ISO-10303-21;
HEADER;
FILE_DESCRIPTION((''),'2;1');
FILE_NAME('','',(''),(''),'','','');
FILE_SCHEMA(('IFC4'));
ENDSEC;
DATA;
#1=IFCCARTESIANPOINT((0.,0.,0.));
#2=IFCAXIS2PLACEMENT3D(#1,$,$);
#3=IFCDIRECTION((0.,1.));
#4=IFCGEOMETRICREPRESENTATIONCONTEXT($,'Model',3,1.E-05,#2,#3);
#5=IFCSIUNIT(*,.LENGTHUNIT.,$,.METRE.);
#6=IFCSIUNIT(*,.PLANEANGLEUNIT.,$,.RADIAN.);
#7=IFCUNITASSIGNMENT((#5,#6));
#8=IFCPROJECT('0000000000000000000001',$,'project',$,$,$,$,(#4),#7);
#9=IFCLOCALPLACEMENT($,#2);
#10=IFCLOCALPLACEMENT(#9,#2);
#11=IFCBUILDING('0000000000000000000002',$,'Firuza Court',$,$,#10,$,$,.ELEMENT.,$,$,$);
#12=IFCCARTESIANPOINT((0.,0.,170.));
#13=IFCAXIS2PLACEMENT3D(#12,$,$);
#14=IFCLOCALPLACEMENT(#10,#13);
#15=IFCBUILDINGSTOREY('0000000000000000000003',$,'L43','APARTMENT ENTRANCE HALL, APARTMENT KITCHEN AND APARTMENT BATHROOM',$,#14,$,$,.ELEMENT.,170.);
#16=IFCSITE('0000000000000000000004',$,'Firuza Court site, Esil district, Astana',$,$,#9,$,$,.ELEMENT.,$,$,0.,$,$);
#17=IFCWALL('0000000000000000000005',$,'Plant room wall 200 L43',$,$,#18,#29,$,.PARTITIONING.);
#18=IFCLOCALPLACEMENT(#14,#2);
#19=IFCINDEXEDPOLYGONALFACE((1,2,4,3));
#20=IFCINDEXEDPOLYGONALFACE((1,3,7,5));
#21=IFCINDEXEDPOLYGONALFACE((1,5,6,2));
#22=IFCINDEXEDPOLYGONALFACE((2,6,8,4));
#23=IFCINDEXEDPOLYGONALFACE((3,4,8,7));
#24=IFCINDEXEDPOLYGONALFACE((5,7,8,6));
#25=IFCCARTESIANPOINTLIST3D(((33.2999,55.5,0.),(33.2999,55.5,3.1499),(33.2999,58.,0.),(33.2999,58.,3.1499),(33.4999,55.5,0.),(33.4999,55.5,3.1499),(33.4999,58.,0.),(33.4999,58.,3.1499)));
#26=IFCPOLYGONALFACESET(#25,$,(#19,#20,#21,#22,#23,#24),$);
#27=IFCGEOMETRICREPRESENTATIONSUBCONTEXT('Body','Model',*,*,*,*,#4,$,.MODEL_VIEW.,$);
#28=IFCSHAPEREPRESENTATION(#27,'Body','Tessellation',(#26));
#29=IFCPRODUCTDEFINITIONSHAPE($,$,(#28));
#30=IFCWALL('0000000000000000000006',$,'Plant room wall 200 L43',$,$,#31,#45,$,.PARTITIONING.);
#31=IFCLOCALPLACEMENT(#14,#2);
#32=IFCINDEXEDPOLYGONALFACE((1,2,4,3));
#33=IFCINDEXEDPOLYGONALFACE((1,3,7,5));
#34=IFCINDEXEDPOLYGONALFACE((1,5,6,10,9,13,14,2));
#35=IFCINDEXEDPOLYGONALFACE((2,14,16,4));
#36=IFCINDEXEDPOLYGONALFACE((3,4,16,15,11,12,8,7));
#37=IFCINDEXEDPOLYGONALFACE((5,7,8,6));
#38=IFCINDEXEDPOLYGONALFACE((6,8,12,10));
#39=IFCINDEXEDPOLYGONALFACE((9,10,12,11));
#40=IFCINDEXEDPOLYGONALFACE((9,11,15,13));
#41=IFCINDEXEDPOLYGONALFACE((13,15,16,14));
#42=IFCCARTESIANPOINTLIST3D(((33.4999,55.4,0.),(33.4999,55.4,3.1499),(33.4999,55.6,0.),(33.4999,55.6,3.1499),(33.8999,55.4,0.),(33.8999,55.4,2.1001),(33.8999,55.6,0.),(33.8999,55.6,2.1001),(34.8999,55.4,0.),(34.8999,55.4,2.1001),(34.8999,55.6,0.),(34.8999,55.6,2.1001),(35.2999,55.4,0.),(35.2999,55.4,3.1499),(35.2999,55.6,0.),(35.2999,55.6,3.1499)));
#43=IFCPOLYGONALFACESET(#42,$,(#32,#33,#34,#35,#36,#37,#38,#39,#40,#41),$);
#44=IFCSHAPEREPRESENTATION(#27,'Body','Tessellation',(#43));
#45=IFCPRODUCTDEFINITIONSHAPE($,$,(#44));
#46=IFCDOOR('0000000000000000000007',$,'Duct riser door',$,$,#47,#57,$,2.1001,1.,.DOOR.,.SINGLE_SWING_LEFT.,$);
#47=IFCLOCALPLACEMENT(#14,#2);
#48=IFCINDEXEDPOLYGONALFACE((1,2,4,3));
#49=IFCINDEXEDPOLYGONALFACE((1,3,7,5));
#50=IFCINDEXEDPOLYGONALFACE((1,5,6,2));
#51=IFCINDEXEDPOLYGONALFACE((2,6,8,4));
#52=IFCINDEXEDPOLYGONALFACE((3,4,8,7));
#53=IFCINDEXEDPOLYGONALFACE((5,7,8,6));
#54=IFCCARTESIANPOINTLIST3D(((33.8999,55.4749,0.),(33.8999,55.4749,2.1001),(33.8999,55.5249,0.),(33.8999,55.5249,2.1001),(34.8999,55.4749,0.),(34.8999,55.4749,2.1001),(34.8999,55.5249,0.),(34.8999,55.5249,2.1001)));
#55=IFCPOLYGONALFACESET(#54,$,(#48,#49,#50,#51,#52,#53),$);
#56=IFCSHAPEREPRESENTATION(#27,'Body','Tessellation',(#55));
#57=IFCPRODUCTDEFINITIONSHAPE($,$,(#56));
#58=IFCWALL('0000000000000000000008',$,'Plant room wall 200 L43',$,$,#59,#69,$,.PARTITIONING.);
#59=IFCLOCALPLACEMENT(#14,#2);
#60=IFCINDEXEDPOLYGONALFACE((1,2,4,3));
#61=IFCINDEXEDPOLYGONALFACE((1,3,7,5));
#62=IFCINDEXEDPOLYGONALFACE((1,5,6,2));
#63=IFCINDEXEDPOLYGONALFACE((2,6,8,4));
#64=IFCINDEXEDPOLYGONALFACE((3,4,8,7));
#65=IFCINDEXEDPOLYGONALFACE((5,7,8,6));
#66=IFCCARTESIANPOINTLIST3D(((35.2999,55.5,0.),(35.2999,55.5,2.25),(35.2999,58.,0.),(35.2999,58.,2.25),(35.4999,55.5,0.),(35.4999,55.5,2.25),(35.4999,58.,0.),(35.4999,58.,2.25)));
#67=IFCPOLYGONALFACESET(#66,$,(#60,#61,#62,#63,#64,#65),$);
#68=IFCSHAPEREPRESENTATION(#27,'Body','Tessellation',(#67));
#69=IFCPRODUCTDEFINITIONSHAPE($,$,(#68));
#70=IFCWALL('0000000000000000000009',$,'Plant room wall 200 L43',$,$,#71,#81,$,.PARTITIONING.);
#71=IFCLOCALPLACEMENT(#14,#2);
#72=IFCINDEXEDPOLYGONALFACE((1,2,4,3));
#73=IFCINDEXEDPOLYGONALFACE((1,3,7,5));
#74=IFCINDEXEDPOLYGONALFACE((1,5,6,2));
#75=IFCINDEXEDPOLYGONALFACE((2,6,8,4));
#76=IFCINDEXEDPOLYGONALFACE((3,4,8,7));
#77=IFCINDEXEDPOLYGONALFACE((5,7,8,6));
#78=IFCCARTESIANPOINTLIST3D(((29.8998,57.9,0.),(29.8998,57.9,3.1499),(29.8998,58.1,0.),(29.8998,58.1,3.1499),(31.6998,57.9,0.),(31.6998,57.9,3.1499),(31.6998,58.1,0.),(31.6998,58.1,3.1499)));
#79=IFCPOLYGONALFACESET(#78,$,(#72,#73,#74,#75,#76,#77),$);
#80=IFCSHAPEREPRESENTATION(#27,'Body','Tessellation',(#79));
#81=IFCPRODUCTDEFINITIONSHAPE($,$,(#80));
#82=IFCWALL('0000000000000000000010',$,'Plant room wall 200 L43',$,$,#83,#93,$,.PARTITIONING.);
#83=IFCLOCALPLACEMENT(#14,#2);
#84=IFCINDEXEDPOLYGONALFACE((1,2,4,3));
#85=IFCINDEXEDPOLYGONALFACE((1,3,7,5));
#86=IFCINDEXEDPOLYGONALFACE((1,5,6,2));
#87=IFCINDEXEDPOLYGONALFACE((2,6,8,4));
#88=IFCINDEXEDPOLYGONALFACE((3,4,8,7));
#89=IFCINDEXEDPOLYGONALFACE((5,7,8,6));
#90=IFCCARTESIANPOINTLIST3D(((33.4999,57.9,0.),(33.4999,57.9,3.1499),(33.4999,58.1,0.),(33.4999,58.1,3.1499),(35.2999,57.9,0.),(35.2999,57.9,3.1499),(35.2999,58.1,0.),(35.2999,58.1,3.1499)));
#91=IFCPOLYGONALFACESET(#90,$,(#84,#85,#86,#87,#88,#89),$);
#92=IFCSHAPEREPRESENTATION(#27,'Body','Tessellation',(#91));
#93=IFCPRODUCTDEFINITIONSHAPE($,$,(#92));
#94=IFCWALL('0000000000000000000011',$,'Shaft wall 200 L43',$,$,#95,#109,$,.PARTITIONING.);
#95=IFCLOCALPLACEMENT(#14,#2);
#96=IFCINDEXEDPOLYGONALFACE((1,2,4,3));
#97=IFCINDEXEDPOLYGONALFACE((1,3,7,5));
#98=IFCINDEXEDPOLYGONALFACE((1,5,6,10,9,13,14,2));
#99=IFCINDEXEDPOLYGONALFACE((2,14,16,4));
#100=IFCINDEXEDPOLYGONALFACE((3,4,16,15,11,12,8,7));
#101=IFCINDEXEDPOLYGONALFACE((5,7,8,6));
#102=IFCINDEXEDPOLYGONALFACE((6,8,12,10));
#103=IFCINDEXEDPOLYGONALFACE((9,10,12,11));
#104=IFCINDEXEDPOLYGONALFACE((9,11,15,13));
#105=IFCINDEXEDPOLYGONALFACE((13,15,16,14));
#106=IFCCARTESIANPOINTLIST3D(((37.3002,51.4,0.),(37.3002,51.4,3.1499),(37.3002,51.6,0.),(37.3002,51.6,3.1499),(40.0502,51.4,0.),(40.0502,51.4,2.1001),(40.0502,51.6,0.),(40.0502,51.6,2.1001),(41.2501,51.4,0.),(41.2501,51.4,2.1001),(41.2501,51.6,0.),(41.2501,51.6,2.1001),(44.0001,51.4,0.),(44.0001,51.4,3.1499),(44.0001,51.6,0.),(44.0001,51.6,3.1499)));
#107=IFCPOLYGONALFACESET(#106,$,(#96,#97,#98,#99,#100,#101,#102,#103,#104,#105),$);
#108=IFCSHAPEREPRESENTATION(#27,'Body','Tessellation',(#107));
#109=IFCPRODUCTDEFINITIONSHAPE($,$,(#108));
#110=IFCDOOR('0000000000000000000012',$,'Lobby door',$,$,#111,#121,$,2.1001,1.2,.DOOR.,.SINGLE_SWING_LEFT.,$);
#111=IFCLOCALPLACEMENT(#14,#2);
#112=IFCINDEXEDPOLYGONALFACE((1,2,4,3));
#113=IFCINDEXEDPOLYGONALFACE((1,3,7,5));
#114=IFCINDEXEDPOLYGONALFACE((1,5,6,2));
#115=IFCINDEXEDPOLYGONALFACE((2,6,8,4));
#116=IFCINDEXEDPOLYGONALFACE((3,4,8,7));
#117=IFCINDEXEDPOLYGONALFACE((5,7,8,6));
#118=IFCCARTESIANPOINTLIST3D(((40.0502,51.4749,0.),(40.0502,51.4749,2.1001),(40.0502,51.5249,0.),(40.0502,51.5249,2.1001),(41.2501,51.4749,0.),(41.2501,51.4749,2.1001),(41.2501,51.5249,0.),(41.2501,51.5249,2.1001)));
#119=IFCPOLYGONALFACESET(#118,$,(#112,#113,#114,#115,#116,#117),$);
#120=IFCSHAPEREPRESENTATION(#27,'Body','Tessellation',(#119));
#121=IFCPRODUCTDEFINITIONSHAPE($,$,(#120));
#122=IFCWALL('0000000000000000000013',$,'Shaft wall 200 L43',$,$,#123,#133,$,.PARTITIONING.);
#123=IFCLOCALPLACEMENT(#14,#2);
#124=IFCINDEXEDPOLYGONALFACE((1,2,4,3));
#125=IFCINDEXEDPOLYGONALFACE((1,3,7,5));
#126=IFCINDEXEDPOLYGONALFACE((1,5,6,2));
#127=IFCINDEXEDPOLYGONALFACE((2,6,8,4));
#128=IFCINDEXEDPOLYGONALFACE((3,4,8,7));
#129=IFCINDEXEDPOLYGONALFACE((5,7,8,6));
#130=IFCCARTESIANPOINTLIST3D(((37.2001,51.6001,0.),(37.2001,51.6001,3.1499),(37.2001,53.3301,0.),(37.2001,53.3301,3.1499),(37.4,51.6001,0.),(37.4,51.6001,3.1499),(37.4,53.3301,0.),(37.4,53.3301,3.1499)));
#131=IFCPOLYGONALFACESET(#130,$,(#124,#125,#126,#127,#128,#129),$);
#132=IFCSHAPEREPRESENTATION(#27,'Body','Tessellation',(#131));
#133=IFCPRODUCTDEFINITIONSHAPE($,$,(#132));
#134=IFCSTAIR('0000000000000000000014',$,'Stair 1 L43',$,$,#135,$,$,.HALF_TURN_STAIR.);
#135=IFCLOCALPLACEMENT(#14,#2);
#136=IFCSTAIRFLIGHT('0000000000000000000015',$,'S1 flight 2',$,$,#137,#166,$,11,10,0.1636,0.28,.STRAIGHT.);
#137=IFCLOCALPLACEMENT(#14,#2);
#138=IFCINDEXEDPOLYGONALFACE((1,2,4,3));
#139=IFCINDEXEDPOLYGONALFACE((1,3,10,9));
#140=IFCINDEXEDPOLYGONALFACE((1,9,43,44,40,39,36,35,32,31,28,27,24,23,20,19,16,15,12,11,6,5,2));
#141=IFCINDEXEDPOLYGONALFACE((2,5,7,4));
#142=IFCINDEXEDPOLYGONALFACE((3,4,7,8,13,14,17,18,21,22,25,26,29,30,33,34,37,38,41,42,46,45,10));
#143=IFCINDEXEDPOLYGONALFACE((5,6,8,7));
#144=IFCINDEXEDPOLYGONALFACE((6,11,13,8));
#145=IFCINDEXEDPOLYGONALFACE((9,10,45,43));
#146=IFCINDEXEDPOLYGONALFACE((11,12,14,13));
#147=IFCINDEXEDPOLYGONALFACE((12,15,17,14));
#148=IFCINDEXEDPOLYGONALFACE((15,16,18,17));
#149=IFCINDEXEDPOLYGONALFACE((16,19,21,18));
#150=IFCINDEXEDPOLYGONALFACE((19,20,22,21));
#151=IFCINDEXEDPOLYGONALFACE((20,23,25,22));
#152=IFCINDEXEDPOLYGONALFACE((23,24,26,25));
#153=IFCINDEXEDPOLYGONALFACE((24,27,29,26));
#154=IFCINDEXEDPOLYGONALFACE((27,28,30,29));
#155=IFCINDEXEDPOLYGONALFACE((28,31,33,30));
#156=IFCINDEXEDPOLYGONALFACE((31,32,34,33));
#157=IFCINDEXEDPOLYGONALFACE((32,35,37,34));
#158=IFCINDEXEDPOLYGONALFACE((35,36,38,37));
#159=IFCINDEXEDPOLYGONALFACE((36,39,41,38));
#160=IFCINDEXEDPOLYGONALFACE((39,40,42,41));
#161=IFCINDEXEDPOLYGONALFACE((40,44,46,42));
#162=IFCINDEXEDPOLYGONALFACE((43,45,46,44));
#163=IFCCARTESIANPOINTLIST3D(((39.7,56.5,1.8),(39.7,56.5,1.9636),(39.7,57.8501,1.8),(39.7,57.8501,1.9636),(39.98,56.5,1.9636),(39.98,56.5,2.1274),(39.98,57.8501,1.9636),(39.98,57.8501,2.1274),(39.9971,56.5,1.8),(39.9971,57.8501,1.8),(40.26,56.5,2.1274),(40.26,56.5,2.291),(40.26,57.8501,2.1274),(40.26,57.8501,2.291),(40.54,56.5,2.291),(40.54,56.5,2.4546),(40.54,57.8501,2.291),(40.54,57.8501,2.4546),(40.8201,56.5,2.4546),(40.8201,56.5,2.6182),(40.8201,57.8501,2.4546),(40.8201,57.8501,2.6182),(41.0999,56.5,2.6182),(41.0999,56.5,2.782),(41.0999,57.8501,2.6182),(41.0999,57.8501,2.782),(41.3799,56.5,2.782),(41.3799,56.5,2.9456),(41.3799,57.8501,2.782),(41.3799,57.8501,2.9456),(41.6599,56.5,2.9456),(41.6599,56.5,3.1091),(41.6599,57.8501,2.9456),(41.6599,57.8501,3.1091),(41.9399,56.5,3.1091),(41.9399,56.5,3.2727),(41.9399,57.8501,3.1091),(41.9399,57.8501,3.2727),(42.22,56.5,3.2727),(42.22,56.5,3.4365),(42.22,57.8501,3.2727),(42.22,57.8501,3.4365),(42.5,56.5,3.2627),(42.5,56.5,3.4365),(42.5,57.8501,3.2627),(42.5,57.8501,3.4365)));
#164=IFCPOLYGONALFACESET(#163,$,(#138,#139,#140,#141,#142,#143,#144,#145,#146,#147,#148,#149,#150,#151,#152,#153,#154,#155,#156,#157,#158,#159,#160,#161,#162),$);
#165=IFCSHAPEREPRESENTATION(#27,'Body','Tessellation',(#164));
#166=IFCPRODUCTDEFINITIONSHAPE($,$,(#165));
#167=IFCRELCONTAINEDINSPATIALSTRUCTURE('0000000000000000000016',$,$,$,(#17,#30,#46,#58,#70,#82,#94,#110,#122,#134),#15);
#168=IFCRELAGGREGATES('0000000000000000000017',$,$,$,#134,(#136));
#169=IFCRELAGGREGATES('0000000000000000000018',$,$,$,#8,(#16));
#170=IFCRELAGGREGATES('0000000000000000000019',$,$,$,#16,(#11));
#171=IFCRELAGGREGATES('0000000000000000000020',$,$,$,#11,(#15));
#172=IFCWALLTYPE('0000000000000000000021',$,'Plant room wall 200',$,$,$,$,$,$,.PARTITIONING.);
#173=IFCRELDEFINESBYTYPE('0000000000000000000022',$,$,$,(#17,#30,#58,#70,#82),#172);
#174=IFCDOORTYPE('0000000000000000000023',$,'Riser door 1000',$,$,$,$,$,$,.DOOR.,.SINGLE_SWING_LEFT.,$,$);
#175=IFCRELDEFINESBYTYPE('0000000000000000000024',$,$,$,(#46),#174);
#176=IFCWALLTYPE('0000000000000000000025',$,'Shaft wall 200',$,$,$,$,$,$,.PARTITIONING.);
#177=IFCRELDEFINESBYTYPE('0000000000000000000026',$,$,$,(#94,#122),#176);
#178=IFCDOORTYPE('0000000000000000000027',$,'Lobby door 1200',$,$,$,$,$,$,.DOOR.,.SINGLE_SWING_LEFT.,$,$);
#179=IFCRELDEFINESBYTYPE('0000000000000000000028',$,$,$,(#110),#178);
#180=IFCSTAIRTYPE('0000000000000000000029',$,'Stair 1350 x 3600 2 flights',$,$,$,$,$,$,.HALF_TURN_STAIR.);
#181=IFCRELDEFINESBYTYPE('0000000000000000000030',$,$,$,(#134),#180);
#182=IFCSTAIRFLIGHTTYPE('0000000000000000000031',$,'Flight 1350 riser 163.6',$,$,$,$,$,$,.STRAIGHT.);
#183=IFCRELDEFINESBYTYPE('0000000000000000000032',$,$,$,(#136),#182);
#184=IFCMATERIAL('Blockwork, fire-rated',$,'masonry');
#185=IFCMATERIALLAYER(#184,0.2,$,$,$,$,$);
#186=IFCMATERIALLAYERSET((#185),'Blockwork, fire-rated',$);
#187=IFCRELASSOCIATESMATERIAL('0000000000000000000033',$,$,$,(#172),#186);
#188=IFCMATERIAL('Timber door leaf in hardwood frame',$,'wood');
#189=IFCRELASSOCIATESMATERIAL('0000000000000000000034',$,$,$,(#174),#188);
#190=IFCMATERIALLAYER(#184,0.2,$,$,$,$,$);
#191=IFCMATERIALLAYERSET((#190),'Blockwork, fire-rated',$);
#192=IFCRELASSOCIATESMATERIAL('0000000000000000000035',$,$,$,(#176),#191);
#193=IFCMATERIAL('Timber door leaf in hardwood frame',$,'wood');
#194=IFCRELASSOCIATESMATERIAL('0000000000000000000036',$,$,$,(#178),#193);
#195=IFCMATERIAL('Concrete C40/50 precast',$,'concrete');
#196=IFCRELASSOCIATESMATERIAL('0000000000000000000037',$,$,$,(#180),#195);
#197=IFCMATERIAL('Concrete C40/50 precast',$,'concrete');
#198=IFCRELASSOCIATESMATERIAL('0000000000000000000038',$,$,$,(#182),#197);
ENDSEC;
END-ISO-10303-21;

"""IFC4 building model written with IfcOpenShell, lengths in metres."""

from ifc_helpers import new_model, si_unit, direction, frame, frame_2d, origin, place, context, subcontext, project, spatial, polyline, rectangle, outline, extrude, material, layer, layer_set, type_object, element, fill, aggregate, save


model = new_model("IFC4")

# Units and contexts
model_context = context("Model", 3, precision=1e-05, world=origin(), true_north=direction((0.0, 1.0)))
body_context = subcontext(model_context, "Body", "Model", "MODEL_VIEW")
ifc_project = project(units=[si_unit("LENGTHUNIT", "METRE"), si_unit("PLANEANGLEUNIT", "RADIAN")], contexts=[model_context])

# Site, building, storey
site_placement = place(None, origin())
site = spatial("IfcSite", under=ifc_project, at=site_placement, Name="Firuza Court site, Esil district, Astana", CompositionType="ELEMENT", RefElevation=0.0)
building_placement = place(site_placement, origin())
building = spatial("IfcBuilding", under=site, at=building_placement, Name="Firuza Court", CompositionType="ELEMENT")
storey_placement = place(building_placement, frame((0.0, 0.0, 170.0)))
storey = spatial("IfcBuildingStorey", under=building, at=storey_placement, Name="L43", Description="APARTMENT ENTRANCE HALL, APARTMENT KITCHEN AND APARTMENT BATHROOM", CompositionType="ELEMENT", Elevation=170.0)

# Wall
ifc_material_1 = material(Name="Blockwork, fire-rated", Category="masonry")
ifc_layer_1 = layer(ifc_material_1, 0.2)
ifc_layer_set_1 = layer_set([ifc_layer_1], Name="Blockwork, fire-rated")
wall_type_1 = type_object("IfcWallType", Name="Plant room wall 200", PredefinedType="PARTITIONING", material=ifc_layer_set_1)
for number, where, z_axis, x_axis, name in (
    (1, (33.3999, 55.5, 0.0), (0.0, 0.0, 1.0), (0.0, 1.0, 0.0), "Plant room wall 200 L43"),
):
    element("IfcWall", number, at=place(storey_placement, frame(where, z_axis=z_axis, x_axis=x_axis)), inside=storey, type_object=wall_type_1, Name=name, PredefinedType="PARTITIONING", context=body_context, shape_type="SweptSolid", body=[
        extrude(rectangle(XDim=2.5, YDim=0.2, at=frame_2d((1.25, 0.0))), origin(), (0.0, 0.0, 1.0), 3.1499),
    ])

# Wall, opening, door
wall_1_placement = place(storey_placement, frame((33.5, 55.5, 0.0), z_axis=(0.0, 0.0, 1.0), x_axis=(1.0, 0.0, 0.0)))
wall_1 = element("IfcWall", 2, at=wall_1_placement, inside=storey, type_object=wall_type_1, Name="Plant room wall 200 L43", PredefinedType="PARTITIONING", context=body_context, shape_type="SweptSolid", body=[
    extrude(rectangle(XDim=1.8, YDim=0.2, at=frame_2d((0.8999, 0.0))), origin(), (0.0, 0.0, 1.0), 3.1499),
])
opening_1_placement = place(wall_1_placement, frame((0.3999, 0.0, 0.0)))
opening_1 = element("IfcOpeningElement", 3, at=opening_1_placement, cuts=wall_1, PredefinedType="OPENING", context=body_context, shape_type="SweptSolid", body=[
    extrude(rectangle(XDim=1.0, YDim=2.1001, at=frame_2d((0.5, 1.05))), frame((0.0, 0.1118, 0.0), z_axis=(0.0, -1.0, 0.0), x_axis=(1.0, 0.0, 0.0)), (0.0, 0.0, 1.0), 0.2239),
])
ifc_material_2 = material(Name="Timber door leaf in hardwood frame", Category="wood")
door_type_1 = type_object("IfcDoorType", Name="Riser door 1000", OperationType="SINGLE_SWING_LEFT", PredefinedType="DOOR", material=ifc_material_2)
door_1_placement = place(opening_1_placement, origin())
door_1 = element("IfcDoor", 4, at=door_1_placement, inside=storey, type_object=door_type_1, Name="Duct riser door", OperationType="SINGLE_SWING_LEFT", OverallHeight=2.1001, OverallWidth=1.0, PredefinedType="DOOR", context=body_context, shape_type="SweptSolid", body=[
    extrude(rectangle(XDim=1.0, YDim=2.1001, at=frame_2d((0.5, 1.05))), frame((0.0, 0.0249, 0.0), z_axis=(0.0, -1.0, 0.0), x_axis=(1.0, 0.0, 0.0)), (0.0, 0.0, 1.0), 0.05),
])
fill(opening_1, door_1)

# Walls
wall_2_placement = place(storey_placement, frame((35.3999, 55.5, 0.0), z_axis=(0.0, 0.0, 1.0), x_axis=(0.0, 1.0, 0.0)))
element("IfcWall", 5, at=wall_2_placement, inside=storey, type_object=wall_type_1, Name="Plant room wall 200 L43", PredefinedType="PARTITIONING", context=body_context, shape_type="SweptSolid", body=[
    extrude(rectangle(XDim=2.5, YDim=0.2, at=frame_2d((1.25, 0.0))), origin(), (0.0, 0.0, 1.0), 2.25),
])
for number, where, z_axis, x_axis, name in (
    (6, (29.8999, 58.0, 0.0), (0.0, 0.0, 1.0), (1.0, 0.0, 0.0), "Plant room wall 200 L43"),
    (7, (33.5, 58.0, 0.0), (0.0, 0.0, 1.0), (1.0, 0.0, 0.0), "Plant room wall 200 L43"),
):
    element("IfcWall", number, at=place(storey_placement, frame(where, z_axis=z_axis, x_axis=x_axis)), inside=storey, type_object=wall_type_1, Name=name, PredefinedType="PARTITIONING", context=body_context, shape_type="SweptSolid", body=[
        extrude(rectangle(XDim=1.8, YDim=0.2, at=frame_2d((0.8999, 0.0))), origin(), (0.0, 0.0, 1.0), 3.1499),
    ])

# Wall, opening, door
ifc_layer_2 = layer(ifc_material_1, 0.2)
ifc_layer_set_2 = layer_set([ifc_layer_2], Name="Blockwork, fire-rated")
wall_type_2 = type_object("IfcWallType", Name="Shaft wall 200", PredefinedType="PARTITIONING", material=ifc_layer_set_2)
wall_3_placement = place(storey_placement, frame((37.3, 51.5, 0.0), z_axis=(0.0, 0.0, 1.0), x_axis=(1.0, 0.0, 0.0)))
wall_3 = element("IfcWall", 8, at=wall_3_placement, inside=storey, type_object=wall_type_2, Name="Shaft wall 200 L43", PredefinedType="PARTITIONING", context=body_context, shape_type="SweptSolid", body=[
    extrude(rectangle(XDim=6.7, YDim=0.2, at=frame_2d((3.3501, 0.0))), origin(), (0.0, 0.0, 1.0), 3.1499),
])
opening_2_placement = place(wall_3_placement, frame((2.75, 0.0, 0.0)))
opening_2 = element("IfcOpeningElement", 9, at=opening_2_placement, cuts=wall_3, PredefinedType="OPENING", context=body_context, shape_type="SweptSolid", body=[
    extrude(rectangle(XDim=1.2, YDim=2.1001, at=frame_2d((0.6001, 1.05))), frame((0.0, 0.1118, 0.0), z_axis=(0.0, -1.0, 0.0), x_axis=(1.0, 0.0, 0.0)), (0.0, 0.0, 1.0), 0.2239),
])
ifc_material_3 = material(Name="Timber door leaf in hardwood frame", Category="wood")
door_type_2 = type_object("IfcDoorType", Name="Lobby door 1200", OperationType="SINGLE_SWING_LEFT", PredefinedType="DOOR", material=ifc_material_3)
door_2_placement = place(opening_2_placement, origin())
door_2 = element("IfcDoor", 10, at=door_2_placement, inside=storey, type_object=door_type_2, Name="Lobby door", OperationType="SINGLE_SWING_LEFT", OverallHeight=2.1001, OverallWidth=1.2, PredefinedType="DOOR", context=body_context, shape_type="SweptSolid", body=[
    extrude(rectangle(XDim=1.2, YDim=2.1001, at=frame_2d((0.6001, 1.05))), frame((0.0, 0.0249, 0.0), z_axis=(0.0, -1.0, 0.0), x_axis=(1.0, 0.0, 0.0)), (0.0, 0.0, 1.0), 0.05),
])
fill(opening_2, door_2)

# Wall
wall_4_placement = place(storey_placement, frame((37.3, 51.6001, 0.0), z_axis=(0.0, 0.0, 1.0), x_axis=(0.0, 1.0, 0.0)))
element("IfcWall", 11, at=wall_4_placement, inside=storey, type_object=wall_type_2, Name="Shaft wall 200 L43", PredefinedType="PARTITIONING", context=body_context, shape_type="SweptSolid", body=[
    extrude(rectangle(XDim=1.73, YDim=0.2, at=frame_2d((0.865, 0.0))), origin(), (0.0, 0.0, 1.0), 3.1499),
])

# Stair, stair flight
ifc_material_4 = material(Name="Concrete C40/50 precast", Category="concrete")
stair_type = type_object("IfcStairType", Name="Stair 1350 x 3600 2 flights", PredefinedType="HALF_TURN_STAIR", material=ifc_material_4)
stair_placement = place(storey_placement, origin())
stair = element("IfcStair", 12, at=stair_placement, inside=storey, type_object=stair_type, Name="Stair 1 L43", PredefinedType="HALF_TURN_STAIR")
ifc_material_5 = material(Name="Concrete C40/50 precast", Category="concrete")
stair_flight_type = type_object("IfcStairFlightType", Name="Flight 1350 riser 163.6", PredefinedType="STRAIGHT", material=ifc_material_5)
stair_flight_placement = place(storey_placement, frame((39.7, 57.175, 1.8), z_axis=(0.0, 0.0, 1.0), x_axis=(1.0, 0.0, 0.0)))
stair_flight = element("IfcStairFlight", 13, at=stair_flight_placement, type_object=stair_flight_type, Name="S1 flight 2", NumberOfRisers=11, NumberOfTreads=10, PredefinedType="STRAIGHT", RiserHeight=0.1636, TreadLength=0.28, context=body_context, shape_type="SweptSolid", body=[
    extrude(outline(polyline([(0.0, 0.0), (0.0, 0.1636), (0.28, 0.1636), (0.28, 0.3274), (0.5601, 0.3274), (0.5601, 0.491), (0.8401, 0.491), (0.8401, 0.6545), (1.1201, 0.6545), (1.1201, 0.8181), (1.3999, 0.8181), (1.3999, 0.9819), (1.6799, 0.9819), (1.6799, 1.1455), (1.96, 1.1455), (1.96, 1.3091), (2.24, 1.3091), (2.24, 1.4727), (2.52, 1.4727), (2.52, 1.6365), (2.8, 1.6365), (2.8, 1.8), (2.8, 1.4626), (0.2971, 0.0), (0.0, 0.0)])), frame((0.0, 0.675, 0.0), z_axis=(0.0, -1.0, 0.0), x_axis=(1.0, 0.0, 0.0)), (0.0, 0.0, 1.0), 1.3501),
])
aggregate(stair, [stair_flight])

save(model, "model.ifc")
